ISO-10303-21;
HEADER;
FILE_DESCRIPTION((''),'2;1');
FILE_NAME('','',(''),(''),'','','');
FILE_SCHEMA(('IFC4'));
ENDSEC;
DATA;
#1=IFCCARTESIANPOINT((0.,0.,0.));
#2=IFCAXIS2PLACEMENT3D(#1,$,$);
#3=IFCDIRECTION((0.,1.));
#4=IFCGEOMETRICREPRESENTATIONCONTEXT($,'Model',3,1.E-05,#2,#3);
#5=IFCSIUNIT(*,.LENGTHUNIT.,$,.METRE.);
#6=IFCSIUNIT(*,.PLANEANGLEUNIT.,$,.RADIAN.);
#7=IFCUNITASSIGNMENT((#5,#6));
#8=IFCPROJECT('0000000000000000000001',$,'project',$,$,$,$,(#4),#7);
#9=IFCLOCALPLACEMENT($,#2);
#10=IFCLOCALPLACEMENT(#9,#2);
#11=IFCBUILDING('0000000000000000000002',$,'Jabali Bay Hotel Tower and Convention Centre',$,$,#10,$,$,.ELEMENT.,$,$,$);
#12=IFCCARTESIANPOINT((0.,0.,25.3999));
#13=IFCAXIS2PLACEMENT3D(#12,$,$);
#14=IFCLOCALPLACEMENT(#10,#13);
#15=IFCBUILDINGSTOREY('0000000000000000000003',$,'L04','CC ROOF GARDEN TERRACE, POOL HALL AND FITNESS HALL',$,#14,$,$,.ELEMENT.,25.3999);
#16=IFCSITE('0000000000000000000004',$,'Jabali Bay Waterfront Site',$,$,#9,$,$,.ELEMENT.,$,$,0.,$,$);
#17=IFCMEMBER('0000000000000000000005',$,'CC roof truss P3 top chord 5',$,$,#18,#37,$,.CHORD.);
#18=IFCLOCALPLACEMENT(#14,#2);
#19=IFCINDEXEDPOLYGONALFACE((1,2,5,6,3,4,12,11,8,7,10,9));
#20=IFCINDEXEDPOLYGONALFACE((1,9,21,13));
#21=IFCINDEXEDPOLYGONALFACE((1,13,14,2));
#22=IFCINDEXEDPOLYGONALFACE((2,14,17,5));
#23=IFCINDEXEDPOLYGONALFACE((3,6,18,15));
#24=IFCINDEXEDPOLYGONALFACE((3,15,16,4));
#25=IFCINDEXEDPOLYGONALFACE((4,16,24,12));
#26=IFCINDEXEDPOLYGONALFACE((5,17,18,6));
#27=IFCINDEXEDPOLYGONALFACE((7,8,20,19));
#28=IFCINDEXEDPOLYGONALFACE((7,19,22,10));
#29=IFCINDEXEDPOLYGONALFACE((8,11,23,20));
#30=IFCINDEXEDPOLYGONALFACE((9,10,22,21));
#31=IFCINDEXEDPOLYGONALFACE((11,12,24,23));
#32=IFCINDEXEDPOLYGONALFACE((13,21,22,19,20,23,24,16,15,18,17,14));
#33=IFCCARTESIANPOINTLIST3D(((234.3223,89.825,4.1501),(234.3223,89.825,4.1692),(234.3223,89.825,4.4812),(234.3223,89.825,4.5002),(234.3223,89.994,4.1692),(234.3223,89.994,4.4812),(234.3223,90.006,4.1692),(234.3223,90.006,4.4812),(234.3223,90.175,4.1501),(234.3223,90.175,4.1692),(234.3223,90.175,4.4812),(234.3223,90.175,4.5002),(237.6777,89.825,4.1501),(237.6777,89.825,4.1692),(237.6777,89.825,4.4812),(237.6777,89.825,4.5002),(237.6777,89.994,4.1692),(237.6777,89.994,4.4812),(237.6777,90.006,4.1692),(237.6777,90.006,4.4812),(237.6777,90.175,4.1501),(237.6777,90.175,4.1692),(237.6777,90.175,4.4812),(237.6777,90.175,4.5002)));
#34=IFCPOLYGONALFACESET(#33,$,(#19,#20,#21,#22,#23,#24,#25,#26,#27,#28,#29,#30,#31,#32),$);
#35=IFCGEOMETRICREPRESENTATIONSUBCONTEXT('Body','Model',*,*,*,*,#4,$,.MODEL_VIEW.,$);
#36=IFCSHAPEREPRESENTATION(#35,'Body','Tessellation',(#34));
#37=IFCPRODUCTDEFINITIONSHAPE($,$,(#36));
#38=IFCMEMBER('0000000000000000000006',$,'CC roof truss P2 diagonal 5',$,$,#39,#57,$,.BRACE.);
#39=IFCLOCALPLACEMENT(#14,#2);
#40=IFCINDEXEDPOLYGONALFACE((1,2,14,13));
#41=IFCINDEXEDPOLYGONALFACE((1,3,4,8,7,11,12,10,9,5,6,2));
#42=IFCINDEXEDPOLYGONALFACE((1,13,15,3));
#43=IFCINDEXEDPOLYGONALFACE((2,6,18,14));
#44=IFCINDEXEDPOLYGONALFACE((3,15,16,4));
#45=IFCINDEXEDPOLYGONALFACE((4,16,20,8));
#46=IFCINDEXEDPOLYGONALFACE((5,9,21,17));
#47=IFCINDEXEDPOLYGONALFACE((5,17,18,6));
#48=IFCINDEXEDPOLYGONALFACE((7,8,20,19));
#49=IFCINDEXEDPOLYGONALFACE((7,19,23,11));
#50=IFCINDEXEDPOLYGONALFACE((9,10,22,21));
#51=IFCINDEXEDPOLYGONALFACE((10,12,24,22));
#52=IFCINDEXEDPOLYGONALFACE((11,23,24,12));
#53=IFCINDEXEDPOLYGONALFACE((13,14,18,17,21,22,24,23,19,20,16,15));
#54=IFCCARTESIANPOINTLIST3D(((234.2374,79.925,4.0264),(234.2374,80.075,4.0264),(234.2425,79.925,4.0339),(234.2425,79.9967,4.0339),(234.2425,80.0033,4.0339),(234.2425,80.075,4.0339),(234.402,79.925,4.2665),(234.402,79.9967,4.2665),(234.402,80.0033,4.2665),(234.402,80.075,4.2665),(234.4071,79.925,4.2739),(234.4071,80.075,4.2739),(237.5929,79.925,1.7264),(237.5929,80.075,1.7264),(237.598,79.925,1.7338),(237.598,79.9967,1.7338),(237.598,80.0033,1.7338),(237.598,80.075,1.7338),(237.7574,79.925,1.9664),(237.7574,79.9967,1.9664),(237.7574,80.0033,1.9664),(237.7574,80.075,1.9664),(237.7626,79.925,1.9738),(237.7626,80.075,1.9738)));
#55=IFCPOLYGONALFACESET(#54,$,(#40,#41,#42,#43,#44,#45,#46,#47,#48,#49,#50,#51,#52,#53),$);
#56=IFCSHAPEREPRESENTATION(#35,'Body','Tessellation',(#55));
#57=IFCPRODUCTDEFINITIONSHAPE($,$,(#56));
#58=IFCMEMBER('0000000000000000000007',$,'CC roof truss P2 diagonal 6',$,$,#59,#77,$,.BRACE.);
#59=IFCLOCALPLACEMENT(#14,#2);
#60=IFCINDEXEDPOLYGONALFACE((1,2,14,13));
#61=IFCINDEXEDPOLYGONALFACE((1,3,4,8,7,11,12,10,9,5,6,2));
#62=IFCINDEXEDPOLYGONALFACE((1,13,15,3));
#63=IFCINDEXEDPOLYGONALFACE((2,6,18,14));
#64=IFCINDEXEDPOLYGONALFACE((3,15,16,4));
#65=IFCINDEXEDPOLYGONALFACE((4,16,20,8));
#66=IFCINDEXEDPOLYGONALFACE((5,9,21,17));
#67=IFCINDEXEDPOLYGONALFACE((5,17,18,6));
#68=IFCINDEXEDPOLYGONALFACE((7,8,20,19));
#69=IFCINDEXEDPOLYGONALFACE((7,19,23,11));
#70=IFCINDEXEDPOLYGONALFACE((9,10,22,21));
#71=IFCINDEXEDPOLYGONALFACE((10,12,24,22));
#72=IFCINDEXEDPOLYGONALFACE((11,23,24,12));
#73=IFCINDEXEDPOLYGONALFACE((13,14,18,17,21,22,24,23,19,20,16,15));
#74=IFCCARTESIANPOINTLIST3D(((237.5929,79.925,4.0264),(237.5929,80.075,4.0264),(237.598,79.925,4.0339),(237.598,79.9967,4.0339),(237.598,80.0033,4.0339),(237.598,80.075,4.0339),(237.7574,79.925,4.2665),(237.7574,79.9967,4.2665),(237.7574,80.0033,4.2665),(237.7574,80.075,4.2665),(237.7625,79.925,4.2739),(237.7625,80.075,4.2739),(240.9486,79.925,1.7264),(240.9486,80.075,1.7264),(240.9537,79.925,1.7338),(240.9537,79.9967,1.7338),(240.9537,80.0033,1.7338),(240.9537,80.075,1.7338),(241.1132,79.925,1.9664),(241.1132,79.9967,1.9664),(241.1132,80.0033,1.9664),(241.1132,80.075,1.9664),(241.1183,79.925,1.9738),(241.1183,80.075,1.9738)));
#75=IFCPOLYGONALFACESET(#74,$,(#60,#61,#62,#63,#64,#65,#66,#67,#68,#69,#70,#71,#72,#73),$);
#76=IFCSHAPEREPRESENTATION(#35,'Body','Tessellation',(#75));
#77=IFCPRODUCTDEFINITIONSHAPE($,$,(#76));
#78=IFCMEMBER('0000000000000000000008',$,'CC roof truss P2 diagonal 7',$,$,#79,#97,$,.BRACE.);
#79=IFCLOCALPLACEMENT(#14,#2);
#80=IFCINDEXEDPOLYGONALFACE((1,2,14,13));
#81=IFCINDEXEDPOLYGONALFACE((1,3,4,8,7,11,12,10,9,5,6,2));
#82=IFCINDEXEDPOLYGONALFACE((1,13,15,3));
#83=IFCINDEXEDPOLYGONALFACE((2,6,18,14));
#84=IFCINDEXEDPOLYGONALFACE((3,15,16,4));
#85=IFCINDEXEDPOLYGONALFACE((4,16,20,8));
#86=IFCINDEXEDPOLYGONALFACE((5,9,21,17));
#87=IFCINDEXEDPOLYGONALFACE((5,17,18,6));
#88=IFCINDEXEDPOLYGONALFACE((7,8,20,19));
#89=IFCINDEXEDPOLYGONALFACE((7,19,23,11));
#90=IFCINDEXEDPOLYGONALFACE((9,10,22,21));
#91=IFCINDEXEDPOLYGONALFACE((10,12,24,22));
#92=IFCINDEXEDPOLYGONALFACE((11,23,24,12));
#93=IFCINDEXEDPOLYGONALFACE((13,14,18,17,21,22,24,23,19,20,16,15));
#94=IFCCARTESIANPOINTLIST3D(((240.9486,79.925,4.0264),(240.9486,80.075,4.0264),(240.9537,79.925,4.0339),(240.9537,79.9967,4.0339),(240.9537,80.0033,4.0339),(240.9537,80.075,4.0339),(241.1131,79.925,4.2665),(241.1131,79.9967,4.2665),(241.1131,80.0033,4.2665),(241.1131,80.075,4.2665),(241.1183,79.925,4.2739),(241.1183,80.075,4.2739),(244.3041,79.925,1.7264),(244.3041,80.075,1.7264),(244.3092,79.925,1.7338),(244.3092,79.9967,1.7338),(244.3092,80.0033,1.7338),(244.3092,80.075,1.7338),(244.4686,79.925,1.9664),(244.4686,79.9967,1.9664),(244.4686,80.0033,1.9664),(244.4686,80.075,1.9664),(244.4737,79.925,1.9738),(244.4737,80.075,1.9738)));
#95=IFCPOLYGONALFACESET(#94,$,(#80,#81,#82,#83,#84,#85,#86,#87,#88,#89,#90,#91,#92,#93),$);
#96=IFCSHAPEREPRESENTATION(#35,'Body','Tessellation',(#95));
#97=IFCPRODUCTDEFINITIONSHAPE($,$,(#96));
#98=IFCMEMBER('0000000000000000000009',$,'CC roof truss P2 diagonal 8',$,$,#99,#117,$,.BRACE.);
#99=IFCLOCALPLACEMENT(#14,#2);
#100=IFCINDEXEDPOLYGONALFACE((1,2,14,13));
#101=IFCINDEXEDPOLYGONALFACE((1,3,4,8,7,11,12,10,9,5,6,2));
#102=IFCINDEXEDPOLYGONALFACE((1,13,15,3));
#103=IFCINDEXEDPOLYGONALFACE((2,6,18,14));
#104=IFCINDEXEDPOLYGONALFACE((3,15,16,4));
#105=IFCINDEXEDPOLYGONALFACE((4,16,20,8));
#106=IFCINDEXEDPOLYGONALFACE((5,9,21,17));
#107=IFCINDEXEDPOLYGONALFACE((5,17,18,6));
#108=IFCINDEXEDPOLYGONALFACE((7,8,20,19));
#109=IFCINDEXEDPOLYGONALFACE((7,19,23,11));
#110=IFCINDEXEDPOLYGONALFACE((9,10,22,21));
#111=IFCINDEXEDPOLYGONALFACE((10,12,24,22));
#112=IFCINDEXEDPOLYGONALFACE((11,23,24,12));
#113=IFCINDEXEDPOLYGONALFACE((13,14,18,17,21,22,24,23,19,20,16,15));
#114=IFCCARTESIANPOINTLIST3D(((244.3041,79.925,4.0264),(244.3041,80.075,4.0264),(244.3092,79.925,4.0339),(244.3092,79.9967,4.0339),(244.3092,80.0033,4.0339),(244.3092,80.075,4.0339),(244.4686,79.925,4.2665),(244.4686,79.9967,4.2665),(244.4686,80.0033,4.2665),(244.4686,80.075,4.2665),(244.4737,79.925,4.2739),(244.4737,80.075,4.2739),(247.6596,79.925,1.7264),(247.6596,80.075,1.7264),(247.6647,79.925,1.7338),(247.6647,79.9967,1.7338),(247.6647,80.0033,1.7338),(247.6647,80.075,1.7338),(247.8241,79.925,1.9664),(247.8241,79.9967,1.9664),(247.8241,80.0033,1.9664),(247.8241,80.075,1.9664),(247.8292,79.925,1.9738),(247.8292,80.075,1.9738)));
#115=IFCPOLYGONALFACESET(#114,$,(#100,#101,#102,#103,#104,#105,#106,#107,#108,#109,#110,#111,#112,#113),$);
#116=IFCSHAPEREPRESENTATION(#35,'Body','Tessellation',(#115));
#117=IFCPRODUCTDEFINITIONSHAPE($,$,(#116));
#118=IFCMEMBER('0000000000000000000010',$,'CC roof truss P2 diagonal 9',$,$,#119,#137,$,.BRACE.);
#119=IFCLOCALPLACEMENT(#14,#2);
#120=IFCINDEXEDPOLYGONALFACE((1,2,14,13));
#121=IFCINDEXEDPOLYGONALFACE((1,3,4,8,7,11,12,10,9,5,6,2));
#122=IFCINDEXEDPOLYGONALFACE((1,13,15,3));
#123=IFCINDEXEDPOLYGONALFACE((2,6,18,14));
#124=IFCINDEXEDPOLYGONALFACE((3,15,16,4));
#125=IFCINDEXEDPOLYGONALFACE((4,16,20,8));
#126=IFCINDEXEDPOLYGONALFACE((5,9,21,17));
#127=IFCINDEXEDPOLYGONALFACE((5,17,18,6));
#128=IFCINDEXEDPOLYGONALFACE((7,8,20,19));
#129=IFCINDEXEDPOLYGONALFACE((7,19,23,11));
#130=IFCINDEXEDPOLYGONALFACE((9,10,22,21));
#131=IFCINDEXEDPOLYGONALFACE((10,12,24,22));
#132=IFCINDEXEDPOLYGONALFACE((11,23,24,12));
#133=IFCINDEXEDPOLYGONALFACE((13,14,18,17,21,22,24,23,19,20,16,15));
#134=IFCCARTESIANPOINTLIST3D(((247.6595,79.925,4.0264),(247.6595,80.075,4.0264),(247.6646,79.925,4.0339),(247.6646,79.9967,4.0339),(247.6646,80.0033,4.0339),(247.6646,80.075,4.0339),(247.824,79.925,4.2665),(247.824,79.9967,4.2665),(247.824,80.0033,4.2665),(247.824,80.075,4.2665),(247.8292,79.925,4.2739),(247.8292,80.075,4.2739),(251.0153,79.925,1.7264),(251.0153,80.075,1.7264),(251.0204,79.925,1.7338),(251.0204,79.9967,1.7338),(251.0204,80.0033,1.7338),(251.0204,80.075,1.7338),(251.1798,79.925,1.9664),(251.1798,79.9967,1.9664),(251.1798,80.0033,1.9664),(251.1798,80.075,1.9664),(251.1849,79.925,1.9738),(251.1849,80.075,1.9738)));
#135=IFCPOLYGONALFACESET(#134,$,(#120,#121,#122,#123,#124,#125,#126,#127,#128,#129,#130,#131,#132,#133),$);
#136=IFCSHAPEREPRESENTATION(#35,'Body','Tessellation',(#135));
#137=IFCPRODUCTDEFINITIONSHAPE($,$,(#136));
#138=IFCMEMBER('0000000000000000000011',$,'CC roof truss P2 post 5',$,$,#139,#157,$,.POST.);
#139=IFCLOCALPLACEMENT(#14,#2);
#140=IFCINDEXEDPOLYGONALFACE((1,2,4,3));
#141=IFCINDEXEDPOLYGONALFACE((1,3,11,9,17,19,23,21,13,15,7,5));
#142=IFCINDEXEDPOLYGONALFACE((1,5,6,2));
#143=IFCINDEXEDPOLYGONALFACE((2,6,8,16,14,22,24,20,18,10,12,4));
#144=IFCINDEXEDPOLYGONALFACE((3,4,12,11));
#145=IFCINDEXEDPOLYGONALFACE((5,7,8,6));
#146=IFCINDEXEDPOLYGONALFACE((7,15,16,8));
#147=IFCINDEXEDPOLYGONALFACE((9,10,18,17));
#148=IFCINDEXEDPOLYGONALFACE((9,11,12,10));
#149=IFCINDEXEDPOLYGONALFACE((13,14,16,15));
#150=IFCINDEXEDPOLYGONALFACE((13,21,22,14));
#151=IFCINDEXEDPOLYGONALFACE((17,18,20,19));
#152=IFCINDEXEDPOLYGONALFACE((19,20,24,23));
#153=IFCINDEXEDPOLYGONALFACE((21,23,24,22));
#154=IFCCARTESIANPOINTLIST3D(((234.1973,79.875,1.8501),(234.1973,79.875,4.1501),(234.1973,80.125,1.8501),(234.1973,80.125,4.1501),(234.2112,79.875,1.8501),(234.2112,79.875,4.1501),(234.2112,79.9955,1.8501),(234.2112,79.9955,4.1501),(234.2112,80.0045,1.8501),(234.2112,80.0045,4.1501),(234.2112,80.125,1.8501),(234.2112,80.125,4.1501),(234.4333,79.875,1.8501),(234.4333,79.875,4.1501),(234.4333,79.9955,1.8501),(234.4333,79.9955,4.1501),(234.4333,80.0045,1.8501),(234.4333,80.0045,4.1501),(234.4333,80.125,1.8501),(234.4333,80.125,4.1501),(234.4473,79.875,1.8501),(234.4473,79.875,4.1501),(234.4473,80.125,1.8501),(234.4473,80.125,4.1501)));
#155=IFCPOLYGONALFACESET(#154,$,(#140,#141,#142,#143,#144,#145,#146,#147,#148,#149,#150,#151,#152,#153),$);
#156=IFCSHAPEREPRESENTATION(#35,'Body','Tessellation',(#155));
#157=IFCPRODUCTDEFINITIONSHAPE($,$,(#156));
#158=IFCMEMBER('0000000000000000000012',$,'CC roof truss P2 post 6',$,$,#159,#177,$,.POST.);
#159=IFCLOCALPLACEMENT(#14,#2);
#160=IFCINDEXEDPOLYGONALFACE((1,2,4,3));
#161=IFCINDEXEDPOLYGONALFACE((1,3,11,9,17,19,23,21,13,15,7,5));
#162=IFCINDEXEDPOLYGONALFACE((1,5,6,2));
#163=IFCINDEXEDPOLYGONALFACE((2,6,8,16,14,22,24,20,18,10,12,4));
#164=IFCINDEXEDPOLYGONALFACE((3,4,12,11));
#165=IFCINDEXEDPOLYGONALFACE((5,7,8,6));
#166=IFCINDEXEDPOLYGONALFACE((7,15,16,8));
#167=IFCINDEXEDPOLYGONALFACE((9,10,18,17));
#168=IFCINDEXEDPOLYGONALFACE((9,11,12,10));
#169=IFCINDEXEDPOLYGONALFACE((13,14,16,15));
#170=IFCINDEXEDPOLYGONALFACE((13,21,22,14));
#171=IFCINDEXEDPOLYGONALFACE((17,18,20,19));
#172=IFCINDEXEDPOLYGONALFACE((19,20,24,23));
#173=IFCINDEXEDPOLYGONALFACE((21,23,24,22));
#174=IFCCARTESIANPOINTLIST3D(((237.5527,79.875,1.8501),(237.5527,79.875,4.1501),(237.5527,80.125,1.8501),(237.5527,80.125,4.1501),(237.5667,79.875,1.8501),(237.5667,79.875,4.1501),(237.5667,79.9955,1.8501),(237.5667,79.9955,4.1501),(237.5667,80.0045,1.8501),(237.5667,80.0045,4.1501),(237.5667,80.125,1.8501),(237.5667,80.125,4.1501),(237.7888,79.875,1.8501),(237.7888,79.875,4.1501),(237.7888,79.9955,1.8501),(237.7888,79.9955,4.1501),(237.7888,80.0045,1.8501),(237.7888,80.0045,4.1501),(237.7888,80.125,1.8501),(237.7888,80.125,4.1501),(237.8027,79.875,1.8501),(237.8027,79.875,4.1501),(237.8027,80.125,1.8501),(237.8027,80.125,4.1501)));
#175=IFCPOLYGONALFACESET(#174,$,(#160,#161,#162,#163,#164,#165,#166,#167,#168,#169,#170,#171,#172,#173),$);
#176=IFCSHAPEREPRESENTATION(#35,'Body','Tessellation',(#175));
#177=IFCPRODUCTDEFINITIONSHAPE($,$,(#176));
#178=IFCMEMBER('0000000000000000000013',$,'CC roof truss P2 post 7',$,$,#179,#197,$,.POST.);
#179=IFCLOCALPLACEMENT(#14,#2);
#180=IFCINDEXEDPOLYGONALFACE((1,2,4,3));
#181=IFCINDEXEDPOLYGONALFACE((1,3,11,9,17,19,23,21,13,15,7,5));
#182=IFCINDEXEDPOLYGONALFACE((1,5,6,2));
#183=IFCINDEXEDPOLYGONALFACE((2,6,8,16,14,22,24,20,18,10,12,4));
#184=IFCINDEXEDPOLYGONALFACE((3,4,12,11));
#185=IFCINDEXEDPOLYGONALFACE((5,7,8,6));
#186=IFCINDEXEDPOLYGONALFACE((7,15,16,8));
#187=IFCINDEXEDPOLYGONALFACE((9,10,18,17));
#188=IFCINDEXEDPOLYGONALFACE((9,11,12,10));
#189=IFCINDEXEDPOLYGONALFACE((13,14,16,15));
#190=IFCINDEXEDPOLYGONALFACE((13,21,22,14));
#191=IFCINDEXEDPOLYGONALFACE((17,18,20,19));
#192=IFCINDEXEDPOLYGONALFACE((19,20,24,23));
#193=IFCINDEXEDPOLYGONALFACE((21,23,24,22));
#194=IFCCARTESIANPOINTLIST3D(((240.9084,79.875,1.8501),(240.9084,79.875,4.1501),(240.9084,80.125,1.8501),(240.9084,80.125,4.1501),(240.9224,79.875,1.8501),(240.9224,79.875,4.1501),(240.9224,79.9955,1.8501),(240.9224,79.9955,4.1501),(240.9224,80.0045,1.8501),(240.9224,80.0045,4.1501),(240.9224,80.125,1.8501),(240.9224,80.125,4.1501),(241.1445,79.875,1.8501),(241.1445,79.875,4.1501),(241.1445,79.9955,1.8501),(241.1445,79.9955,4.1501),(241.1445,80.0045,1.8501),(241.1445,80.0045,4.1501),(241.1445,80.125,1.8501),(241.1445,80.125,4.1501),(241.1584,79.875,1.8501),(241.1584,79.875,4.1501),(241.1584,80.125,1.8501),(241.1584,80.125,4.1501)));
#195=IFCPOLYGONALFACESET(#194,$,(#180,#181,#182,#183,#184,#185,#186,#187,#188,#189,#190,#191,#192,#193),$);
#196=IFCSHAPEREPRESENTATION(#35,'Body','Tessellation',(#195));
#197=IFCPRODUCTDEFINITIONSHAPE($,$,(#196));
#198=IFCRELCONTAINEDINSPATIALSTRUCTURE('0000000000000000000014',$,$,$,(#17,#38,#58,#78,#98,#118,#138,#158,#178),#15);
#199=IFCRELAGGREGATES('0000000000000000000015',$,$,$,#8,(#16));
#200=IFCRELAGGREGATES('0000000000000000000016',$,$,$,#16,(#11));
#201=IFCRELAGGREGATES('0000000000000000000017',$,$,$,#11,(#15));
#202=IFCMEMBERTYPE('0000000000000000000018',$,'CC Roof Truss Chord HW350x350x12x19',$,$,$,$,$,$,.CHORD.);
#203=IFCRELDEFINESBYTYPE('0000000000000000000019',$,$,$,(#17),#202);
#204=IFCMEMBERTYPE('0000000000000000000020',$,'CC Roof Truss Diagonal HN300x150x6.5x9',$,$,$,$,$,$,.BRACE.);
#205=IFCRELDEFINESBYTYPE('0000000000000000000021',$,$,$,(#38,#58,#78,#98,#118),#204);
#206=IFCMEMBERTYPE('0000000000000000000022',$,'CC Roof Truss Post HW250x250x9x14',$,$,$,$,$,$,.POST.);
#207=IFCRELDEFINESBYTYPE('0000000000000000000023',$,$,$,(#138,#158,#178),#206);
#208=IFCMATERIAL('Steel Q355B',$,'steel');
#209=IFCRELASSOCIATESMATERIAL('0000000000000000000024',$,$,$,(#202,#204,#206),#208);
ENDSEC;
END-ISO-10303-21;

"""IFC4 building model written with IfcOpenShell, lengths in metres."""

from ifc_helpers import new_model, si_unit, direction, frame, origin, origin_2d, place, context, subcontext, project, spatial, i_section, extrude, material, material_profile, profile_set, type_object, element, save


model = new_model("IFC4")

# Units and contexts
model_context = context("Model", 3, precision=1e-05, world=origin(), true_north=direction((0.0, 1.0)))
body_context = subcontext(model_context, "Body", "Model", "MODEL_VIEW")
ifc_project = project(units=[si_unit("LENGTHUNIT", "METRE"), si_unit("PLANEANGLEUNIT", "RADIAN")], contexts=[model_context])

# Site, building, storey
site_placement = place(None, origin())
site = spatial("IfcSite", under=ifc_project, at=site_placement, Name="Jabali Bay Waterfront Site", CompositionType="ELEMENT", RefElevation=0.0)
building_placement = place(site_placement, origin())
building = spatial("IfcBuilding", under=site, at=building_placement, Name="Jabali Bay Hotel Tower and Convention Centre", CompositionType="ELEMENT")
storey_placement = place(building_placement, frame((0.0, 0.0, 25.3999)))
storey = spatial("IfcBuildingStorey", under=building, at=storey_placement, Name="L04", Description="CC ROOF GARDEN TERRACE, POOL HALL AND FITNESS HALL", CompositionType="ELEMENT", Elevation=25.3999)

# Members
ifc_material_1 = material(Name="Steel Q355B", Category="steel")
ifc_material_profile_1 = material_profile(ifc_material_1, i_section(OverallWidth=0.3501, OverallDepth=0.3501, WebThickness=0.012, FlangeThickness=0.019, at=origin_2d()), Name="HW350x350x12x19")
ifc_profile_set_1 = profile_set([ifc_material_profile_1], Name="Steel Q355B")
member_type_1 = type_object("IfcMemberType", Name="CC Roof Truss Chord HW350x350x12x19", PredefinedType="CHORD", material=ifc_profile_set_1)
member_1_placement = place(storey_placement, frame((234.3223, 90.0, 4.3252), z_axis=(1.0, 0.0, 0.0), x_axis=(0.0, 1.0, 0.0)))
element("IfcMember", 1, at=member_1_placement, inside=storey, type_object=member_type_1, Name="CC roof truss P3 top chord 5", PredefinedType="CHORD", context=body_context, shape_type="SweptSolid", body=[
    extrude(i_section(OverallWidth=0.3501, OverallDepth=0.3501, WebThickness=0.012, FlangeThickness=0.019, at=origin_2d()), origin(), (0.0, 0.0, 1.0), 3.3555),
])
ifc_material_profile_2 = material_profile(ifc_material_1, i_section(OverallWidth=0.1499, OverallDepth=0.3, WebThickness=0.0066, FlangeThickness=0.009, at=origin_2d()), Name="HN300x150x6.5x9")
ifc_profile_set_2 = profile_set([ifc_material_profile_2], Name="Steel Q355B")
member_type_2 = type_object("IfcMemberType", Name="CC Roof Truss Diagonal HN300x150x6.5x9", PredefinedType="BRACE", material=ifc_profile_set_2)
member_2_placement = place(storey_placement, frame((237.6777, 80.0, 1.8501), z_axis=(-0.824826, 0.0, 0.565387), x_axis=(0.0, -1.0, 0.0)))
element("IfcMember", 2, at=member_2_placement, inside=storey, type_object=member_type_2, Name="CC roof truss P2 diagonal 5", PredefinedType="BRACE", context=body_context, shape_type="SweptSolid", body=[
    extrude(i_section(OverallWidth=0.1499, OverallDepth=0.3, WebThickness=0.0066, FlangeThickness=0.009, at=origin_2d()), origin(), (0.0, 0.0, 1.0), 4.0681),
])
member_3_placement = place(storey_placement, frame((241.0334, 80.0, 1.8501), z_axis=(-0.824845, 0.0, 0.565359), x_axis=(0.0, -1.0, 0.0)))
element("IfcMember", 3, at=member_3_placement, inside=storey, type_object=member_type_2, Name="CC roof truss P2 diagonal 6", PredefinedType="BRACE", context=body_context, shape_type="SweptSolid", body=[
    extrude(i_section(OverallWidth=0.1499, OverallDepth=0.3, WebThickness=0.0066, FlangeThickness=0.009, at=origin_2d()), origin(), (0.0, 0.0, 1.0), 4.0684),
])
for number, where, z_axis, x_axis, name in (
    (4, (244.3889, 80.0, 1.8501), (-0.824826, 0.0, 0.565387), (0.0, -1.0, 0.0), "CC roof truss P2 diagonal 7"),
    (5, (247.7444, 80.0, 1.8501), (-0.824826, 0.0, 0.565387), (0.0, -1.0, 0.0), "CC roof truss P2 diagonal 8"),
):
    element("IfcMember", number, at=place(storey_placement, frame(where, z_axis=z_axis, x_axis=x_axis)), inside=storey, type_object=member_type_2, Name=name, PredefinedType="BRACE", context=body_context, shape_type="SweptSolid", body=[
        extrude(i_section(OverallWidth=0.1499, OverallDepth=0.3, WebThickness=0.0066, FlangeThickness=0.009, at=origin_2d()), origin(), (0.0, 0.0, 1.0), 4.0681),
    ])
member_4_placement = place(storey_placement, frame((251.1001, 80.0, 1.8501), z_axis=(-0.824845, 0.0, 0.565359), x_axis=(0.0, -1.0, 0.0)))
element("IfcMember", 6, at=member_4_placement, inside=storey, type_object=member_type_2, Name="CC roof truss P2 diagonal 9", PredefinedType="BRACE", context=body_context, shape_type="SweptSolid", body=[
    extrude(i_section(OverallWidth=0.1499, OverallDepth=0.3, WebThickness=0.0066, FlangeThickness=0.009, at=origin_2d()), origin(), (0.0, 0.0, 1.0), 4.0684),
])
ifc_material_profile_3 = material_profile(ifc_material_1, i_section(OverallWidth=0.25, OverallDepth=0.25, WebThickness=0.009, FlangeThickness=0.0139, at=origin_2d()), Name="HW250x250x9x14")
ifc_profile_set_3 = profile_set([ifc_material_profile_3], Name="Steel Q355B")
member_type_3 = type_object("IfcMemberType", Name="CC Roof Truss Post HW250x250x9x14", PredefinedType="POST", material=ifc_profile_set_3)
for number, where, z_axis, x_axis, name in (
    (7, (234.3223, 80.0, 1.8501), (0.0, 0.0, 1.0), (0.0, 1.0, 0.0), "CC roof truss P2 post 5"),
    (8, (237.6777, 80.0, 1.8501), (0.0, 0.0, 1.0), (0.0, 1.0, 0.0), "CC roof truss P2 post 6"),
    (9, (241.0334, 80.0, 1.8501), (0.0, 0.0, 1.0), (0.0, 1.0, 0.0), "CC roof truss P2 post 7"),
):
    element("IfcMember", number, at=place(storey_placement, frame(where, z_axis=z_axis, x_axis=x_axis)), inside=storey, type_object=member_type_3, Name=name, PredefinedType="POST", context=body_context, shape_type="SweptSolid", body=[
        extrude(i_section(OverallWidth=0.25, OverallDepth=0.25, WebThickness=0.009, FlangeThickness=0.0139, at=origin_2d()), origin(), (0.0, 0.0, 1.0), 2.3),
    ])

save(model, "model.ifc")
